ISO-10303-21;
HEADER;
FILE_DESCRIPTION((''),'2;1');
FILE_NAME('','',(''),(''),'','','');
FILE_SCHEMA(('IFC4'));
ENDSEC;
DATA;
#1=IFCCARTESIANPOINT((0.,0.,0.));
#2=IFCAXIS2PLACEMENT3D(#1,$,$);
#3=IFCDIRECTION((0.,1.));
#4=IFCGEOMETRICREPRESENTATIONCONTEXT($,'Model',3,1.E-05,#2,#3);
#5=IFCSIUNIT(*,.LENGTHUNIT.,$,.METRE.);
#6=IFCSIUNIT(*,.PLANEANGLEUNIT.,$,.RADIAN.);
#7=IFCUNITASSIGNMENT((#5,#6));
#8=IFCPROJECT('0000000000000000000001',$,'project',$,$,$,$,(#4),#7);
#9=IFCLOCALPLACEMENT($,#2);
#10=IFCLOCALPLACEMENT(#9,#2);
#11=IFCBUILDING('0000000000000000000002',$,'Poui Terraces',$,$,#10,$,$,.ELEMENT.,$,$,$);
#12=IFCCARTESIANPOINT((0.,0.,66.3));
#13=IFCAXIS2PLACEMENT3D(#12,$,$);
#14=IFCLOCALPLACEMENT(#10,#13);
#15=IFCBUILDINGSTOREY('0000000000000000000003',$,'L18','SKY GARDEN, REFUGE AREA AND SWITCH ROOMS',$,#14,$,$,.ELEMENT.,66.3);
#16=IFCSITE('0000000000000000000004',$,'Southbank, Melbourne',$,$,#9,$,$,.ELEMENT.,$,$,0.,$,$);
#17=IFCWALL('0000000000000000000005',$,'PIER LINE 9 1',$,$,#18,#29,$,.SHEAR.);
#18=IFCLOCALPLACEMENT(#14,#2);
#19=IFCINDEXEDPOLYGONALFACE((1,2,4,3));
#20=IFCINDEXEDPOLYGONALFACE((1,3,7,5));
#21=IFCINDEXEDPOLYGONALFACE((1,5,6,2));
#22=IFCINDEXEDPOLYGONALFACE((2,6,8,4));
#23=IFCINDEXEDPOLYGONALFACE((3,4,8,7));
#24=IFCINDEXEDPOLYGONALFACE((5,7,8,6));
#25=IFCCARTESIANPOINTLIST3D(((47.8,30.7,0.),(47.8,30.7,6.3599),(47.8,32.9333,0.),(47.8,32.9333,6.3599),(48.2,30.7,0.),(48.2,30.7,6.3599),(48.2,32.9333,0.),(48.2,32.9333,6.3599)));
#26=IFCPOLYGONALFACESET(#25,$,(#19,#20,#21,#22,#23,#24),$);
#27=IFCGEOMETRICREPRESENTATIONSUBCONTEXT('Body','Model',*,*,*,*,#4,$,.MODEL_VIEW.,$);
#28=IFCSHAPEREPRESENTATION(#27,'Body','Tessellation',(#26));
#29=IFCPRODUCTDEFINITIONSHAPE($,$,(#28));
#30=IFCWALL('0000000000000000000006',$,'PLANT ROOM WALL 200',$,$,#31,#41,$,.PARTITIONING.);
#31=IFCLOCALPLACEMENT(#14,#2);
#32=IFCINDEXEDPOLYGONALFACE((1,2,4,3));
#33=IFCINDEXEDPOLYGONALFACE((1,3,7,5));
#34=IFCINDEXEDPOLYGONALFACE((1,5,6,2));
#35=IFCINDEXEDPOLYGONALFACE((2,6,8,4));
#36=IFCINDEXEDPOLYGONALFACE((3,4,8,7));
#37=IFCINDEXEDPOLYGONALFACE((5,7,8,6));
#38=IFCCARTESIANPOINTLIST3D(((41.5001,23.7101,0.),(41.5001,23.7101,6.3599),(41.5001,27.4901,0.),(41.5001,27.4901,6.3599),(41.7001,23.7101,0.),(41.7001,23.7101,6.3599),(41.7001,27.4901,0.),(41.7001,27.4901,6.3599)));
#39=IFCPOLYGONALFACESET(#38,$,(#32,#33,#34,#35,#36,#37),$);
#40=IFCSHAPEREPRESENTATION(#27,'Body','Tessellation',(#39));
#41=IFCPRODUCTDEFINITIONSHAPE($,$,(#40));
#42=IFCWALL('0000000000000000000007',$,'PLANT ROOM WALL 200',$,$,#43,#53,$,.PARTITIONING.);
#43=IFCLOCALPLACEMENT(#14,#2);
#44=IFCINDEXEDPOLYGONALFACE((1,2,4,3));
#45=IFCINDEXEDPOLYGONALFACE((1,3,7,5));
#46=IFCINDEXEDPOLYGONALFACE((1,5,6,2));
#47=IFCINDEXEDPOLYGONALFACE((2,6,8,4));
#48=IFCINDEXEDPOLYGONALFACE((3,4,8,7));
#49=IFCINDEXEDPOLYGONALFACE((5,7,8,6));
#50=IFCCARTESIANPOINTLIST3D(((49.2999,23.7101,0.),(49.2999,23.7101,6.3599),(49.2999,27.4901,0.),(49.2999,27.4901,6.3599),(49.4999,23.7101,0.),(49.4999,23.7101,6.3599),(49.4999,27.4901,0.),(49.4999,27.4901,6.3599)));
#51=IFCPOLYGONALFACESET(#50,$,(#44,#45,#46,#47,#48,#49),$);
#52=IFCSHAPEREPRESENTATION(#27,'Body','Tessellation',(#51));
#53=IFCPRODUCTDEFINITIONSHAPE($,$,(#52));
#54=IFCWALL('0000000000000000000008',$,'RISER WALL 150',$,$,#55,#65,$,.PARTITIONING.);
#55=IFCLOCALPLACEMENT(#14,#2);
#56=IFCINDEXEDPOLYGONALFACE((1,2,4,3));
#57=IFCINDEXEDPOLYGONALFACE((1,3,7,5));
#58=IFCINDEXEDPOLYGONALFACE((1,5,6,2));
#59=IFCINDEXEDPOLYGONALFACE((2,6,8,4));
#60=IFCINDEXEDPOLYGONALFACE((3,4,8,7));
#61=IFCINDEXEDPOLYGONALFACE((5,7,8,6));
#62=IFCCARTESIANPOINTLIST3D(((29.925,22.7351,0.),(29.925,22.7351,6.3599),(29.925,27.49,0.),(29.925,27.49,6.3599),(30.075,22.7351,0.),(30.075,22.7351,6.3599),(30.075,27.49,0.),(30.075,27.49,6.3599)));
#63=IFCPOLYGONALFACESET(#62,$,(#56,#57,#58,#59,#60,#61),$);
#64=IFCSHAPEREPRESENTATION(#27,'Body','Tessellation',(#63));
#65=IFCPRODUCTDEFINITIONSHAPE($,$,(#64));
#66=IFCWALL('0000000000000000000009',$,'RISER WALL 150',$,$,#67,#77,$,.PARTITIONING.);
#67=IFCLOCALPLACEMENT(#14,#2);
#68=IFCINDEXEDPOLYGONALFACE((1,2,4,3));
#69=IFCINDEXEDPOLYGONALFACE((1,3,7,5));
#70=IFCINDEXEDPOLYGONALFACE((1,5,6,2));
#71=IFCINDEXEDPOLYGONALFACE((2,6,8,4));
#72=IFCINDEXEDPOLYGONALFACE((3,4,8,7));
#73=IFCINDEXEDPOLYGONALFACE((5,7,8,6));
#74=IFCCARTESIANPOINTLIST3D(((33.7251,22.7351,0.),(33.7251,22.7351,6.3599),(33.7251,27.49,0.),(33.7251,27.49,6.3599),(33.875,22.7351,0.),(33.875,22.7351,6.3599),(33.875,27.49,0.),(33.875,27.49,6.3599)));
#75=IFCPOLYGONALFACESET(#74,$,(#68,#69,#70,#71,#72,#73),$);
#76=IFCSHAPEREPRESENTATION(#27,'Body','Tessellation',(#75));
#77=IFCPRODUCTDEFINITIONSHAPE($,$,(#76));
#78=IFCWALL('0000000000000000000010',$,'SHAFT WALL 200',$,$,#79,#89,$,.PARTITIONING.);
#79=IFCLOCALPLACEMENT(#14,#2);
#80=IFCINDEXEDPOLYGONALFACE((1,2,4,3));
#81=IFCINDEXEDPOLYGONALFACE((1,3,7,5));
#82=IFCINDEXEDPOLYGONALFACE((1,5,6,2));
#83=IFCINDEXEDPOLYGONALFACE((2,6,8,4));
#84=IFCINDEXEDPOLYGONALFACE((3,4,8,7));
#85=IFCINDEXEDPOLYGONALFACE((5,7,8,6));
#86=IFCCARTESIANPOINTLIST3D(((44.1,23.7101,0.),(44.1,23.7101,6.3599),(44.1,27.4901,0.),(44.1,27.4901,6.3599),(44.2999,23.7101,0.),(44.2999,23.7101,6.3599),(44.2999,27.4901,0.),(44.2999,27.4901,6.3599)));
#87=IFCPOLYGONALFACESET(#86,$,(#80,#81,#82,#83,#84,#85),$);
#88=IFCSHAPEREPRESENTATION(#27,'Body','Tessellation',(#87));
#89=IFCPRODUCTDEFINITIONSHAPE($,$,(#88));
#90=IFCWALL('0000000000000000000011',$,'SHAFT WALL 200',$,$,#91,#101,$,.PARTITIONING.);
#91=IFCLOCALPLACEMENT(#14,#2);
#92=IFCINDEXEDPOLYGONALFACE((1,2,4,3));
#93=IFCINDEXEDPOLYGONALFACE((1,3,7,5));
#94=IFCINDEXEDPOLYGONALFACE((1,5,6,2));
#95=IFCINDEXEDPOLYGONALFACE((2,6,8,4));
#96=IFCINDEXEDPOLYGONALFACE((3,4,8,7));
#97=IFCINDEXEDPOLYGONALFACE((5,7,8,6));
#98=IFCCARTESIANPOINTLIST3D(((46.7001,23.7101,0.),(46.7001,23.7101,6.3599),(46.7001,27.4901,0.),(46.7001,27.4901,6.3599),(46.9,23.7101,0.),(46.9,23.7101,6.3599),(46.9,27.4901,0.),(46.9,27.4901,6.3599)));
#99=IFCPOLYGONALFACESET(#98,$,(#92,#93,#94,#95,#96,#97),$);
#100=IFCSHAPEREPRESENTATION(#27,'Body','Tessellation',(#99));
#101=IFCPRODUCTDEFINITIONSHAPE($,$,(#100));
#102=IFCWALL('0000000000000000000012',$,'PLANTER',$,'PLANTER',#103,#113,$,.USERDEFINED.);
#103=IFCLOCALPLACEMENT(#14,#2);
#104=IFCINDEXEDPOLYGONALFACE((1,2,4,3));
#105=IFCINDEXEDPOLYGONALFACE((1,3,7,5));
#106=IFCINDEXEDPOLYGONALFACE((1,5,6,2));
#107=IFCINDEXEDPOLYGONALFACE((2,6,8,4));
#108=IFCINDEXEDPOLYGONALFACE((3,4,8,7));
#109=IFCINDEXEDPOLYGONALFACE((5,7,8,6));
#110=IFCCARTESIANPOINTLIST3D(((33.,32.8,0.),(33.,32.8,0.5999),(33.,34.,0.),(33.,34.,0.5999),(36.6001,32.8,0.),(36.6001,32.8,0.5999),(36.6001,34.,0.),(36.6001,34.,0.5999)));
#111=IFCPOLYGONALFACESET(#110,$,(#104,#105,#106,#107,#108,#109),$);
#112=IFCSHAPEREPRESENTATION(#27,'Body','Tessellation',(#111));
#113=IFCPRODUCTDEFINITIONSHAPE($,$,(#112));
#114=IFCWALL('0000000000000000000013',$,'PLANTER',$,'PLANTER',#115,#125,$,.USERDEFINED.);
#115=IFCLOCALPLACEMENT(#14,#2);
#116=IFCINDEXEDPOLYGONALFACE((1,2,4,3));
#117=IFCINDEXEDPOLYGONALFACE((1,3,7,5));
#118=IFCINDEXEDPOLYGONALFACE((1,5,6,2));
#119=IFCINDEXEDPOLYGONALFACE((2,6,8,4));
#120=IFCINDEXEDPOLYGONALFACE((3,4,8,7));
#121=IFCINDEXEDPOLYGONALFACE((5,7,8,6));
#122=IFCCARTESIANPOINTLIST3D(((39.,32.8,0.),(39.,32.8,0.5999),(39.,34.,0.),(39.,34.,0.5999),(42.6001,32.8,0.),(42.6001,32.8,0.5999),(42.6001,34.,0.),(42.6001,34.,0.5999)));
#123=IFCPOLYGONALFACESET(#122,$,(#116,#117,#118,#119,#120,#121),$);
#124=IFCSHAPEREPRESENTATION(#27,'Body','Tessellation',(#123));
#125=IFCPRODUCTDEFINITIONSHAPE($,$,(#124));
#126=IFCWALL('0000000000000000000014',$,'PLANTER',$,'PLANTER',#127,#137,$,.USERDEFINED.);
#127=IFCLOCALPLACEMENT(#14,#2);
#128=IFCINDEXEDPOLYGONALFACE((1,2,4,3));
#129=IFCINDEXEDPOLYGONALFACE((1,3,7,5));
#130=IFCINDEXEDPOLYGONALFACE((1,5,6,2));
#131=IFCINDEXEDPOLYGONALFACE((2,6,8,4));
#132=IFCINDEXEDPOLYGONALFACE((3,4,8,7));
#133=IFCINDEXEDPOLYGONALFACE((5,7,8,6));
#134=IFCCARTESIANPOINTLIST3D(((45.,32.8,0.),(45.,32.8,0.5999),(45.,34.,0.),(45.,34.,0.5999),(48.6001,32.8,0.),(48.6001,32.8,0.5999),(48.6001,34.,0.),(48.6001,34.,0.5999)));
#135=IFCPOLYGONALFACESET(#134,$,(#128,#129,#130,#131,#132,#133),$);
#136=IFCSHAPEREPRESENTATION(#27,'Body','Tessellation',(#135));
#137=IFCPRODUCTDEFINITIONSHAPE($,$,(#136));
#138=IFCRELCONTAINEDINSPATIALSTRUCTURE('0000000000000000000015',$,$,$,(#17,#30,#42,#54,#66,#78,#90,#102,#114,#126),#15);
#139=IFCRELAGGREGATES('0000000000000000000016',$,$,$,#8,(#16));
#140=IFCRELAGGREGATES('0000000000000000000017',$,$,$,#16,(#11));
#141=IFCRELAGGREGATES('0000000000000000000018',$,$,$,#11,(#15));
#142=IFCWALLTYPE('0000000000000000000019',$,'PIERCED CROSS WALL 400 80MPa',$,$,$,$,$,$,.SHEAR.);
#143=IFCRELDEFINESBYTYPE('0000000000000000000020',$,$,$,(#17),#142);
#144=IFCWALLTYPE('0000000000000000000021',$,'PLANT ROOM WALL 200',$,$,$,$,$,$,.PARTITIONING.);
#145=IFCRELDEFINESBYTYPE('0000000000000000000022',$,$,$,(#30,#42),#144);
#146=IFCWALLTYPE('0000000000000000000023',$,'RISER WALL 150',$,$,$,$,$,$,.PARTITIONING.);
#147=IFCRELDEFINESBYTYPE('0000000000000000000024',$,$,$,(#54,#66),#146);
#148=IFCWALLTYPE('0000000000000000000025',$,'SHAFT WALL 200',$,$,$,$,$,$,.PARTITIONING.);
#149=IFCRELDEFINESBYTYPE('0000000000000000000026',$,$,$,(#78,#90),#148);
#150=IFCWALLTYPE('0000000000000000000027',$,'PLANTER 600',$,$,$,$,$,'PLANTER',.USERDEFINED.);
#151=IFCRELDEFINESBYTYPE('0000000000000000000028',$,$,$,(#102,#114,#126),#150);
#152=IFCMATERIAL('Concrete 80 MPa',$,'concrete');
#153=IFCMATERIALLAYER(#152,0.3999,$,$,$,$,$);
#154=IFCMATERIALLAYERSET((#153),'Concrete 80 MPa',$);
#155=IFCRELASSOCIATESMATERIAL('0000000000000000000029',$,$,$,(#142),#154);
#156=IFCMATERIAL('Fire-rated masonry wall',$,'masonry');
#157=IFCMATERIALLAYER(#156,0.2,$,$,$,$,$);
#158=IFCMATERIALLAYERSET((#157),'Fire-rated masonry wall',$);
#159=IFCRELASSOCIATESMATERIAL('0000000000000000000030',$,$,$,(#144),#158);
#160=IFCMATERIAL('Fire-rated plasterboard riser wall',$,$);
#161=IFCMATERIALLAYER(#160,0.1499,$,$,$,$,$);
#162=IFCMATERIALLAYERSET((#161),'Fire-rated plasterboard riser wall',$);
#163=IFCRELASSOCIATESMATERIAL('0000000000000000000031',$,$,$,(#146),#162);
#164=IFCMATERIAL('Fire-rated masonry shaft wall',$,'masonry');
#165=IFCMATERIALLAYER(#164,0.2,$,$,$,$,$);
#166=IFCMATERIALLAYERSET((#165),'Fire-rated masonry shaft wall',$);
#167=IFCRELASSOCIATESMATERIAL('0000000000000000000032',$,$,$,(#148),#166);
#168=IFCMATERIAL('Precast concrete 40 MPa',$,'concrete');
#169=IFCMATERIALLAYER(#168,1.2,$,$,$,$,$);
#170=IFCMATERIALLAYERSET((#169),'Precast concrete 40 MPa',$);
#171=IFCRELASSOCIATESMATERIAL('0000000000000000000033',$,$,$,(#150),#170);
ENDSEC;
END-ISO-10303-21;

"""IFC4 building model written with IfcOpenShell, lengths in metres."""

from ifc_helpers import new_model, si_unit, direction, frame, frame_2d, origin, place, context, subcontext, project, spatial, polyline, rectangle, outline, extrude, source, transform, mapped, material, layer, layer_set, type_object, element, save


model = new_model("IFC4")

# Units and contexts
model_context = context("Model", 3, precision=1e-05, world=origin(), true_north=direction((0.0, 1.0)))
body_context = subcontext(model_context, "Body", "Model", "MODEL_VIEW")
ifc_project = project(units=[si_unit("LENGTHUNIT", "METRE"), si_unit("PLANEANGLEUNIT", "RADIAN")], contexts=[model_context])

# Site, building, storey
site_placement = place(None, origin())
site = spatial("IfcSite", under=ifc_project, at=site_placement, Name="Southbank, Melbourne", CompositionType="ELEMENT", RefElevation=0.0)
building_placement = place(site_placement, origin())
building = spatial("IfcBuilding", under=site, at=building_placement, Name="Poui Terraces", CompositionType="ELEMENT")
storey_placement = place(building_placement, frame((0.0, 0.0, 66.3)))
storey = spatial("IfcBuildingStorey", under=building, at=storey_placement, Name="L18", Description="SKY GARDEN, REFUGE AREA AND SWITCH ROOMS", CompositionType="ELEMENT", Elevation=66.3)

# Shared definitions
ifc_material_1 = material(Name="Concrete 80 MPa", Category="concrete")

# Walls
ifc_layer_1 = layer(ifc_material_1, 0.3999)
ifc_layer_set_1 = layer_set([ifc_layer_1], Name="Concrete 80 MPa")
wall_type_1 = type_object("IfcWallType", Name="PIERCED CROSS WALL 400 80MPa", PredefinedType="SHEAR", material=ifc_layer_set_1)
for number, where, z_axis, x_axis, name in (
    (1, (48.0, 30.7, 0.0), (0.0, 0.0, 1.0), (0.0, 1.0, 0.0), "PIER LINE 9 1"),
):
    element("IfcWall", number, at=place(storey_placement, frame(where, z_axis=z_axis, x_axis=x_axis)), inside=storey, type_object=wall_type_1, Name=name, PredefinedType="SHEAR", context=body_context, shape_type="SweptSolid", body=[
        extrude(rectangle(XDim=2.2334, YDim=0.3999, at=frame_2d((1.1167, 0.0))), origin(), (0.0, 0.0, 1.0), 6.3599),
    ])
ifc_material_2 = material(Name="Fire-rated masonry wall", Category="masonry")
ifc_layer_2 = layer(ifc_material_2, 0.2)
ifc_layer_set_2 = layer_set([ifc_layer_2], Name="Fire-rated masonry wall")
wall_type_2 = type_object("IfcWallType", Name="PLANT ROOM WALL 200", PredefinedType="PARTITIONING", material=ifc_layer_set_2)
for number, where, z_axis, x_axis, name in (
    (2, (41.6001, 23.71, 0.0), (0.0, 0.0, 1.0), (0.0, 1.0, 0.0), "PLANT ROOM WALL 200"),
    (3, (49.3999, 23.71, 0.0), (0.0, 0.0, 1.0), (0.0, 1.0, 0.0), "PLANT ROOM WALL 200"),
):
    element("IfcWall", number, at=place(storey_placement, frame(where, z_axis=z_axis, x_axis=x_axis)), inside=storey, type_object=wall_type_2, Name=name, PredefinedType="PARTITIONING", context=body_context, shape_type="SweptSolid", body=[
        extrude(rectangle(XDim=3.78, YDim=0.2, at=frame_2d((1.8901, 0.0))), origin(), (0.0, 0.0, 1.0), 6.3599),
    ])
ifc_material_3 = material(Name="Fire-rated plasterboard riser wall")
ifc_layer_3 = layer(ifc_material_3, 0.1499)
ifc_layer_set_3 = layer_set([ifc_layer_3], Name="Fire-rated plasterboard riser wall")
wall_type_3 = type_object("IfcWallType", Name="RISER WALL 150", PredefinedType="PARTITIONING", material=ifc_layer_set_3)
for number, where, z_axis, x_axis, name in (
    (4, (30.0, 22.7351, 0.0), (0.0, 0.0, 1.0), (0.0, 1.0, 0.0), "RISER WALL 150"),
    (5, (33.8, 22.7351, 0.0), (0.0, 0.0, 1.0), (0.0, 1.0, 0.0), "RISER WALL 150"),
):
    element("IfcWall", number, at=place(storey_placement, frame(where, z_axis=z_axis, x_axis=x_axis)), inside=storey, type_object=wall_type_3, Name=name, PredefinedType="PARTITIONING", context=body_context, shape_type="SweptSolid", body=[
        extrude(rectangle(XDim=4.7549, YDim=0.1499, at=frame_2d((2.3774, 0.0))), origin(), (0.0, 0.0, 1.0), 6.3599),
    ])
ifc_material_4 = material(Name="Fire-rated masonry shaft wall", Category="masonry")
ifc_layer_4 = layer(ifc_material_4, 0.2)
ifc_layer_set_4 = layer_set([ifc_layer_4], Name="Fire-rated masonry shaft wall")
wall_type_4 = type_object("IfcWallType", Name="SHAFT WALL 200", PredefinedType="PARTITIONING", material=ifc_layer_set_4)
for number, where, z_axis, x_axis, name in (
    (6, (44.2, 23.71, 0.0), (0.0, 0.0, 1.0), (0.0, 1.0, 0.0), "SHAFT WALL 200"),
    (7, (46.8, 23.71, 0.0), (0.0, 0.0, 1.0), (0.0, 1.0, 0.0), "SHAFT WALL 200"),
):
    element("IfcWall", number, at=place(storey_placement, frame(where, z_axis=z_axis, x_axis=x_axis)), inside=storey, type_object=wall_type_4, Name=name, PredefinedType="PARTITIONING", context=body_context, shape_type="SweptSolid", body=[
        extrude(rectangle(XDim=3.78, YDim=0.2, at=frame_2d((1.8901, 0.0))), origin(), (0.0, 0.0, 1.0), 6.3599),
    ])
ifc_material_5 = material(Name="Precast concrete 40 MPa", Category="concrete")
ifc_layer_5 = layer(ifc_material_5, 1.2)
ifc_layer_set_5 = layer_set([ifc_layer_5], Name="Precast concrete 40 MPa")
wall_type_5 = type_object("IfcWallType", Name="PLANTER 600", ElementType="PLANTER", PredefinedType="USERDEFINED", material=ifc_layer_set_5)
shared_shape = source(origin(), body_context, "Body", "SweptSolid", [
    extrude(outline(polyline([(0.0, 0.0), (3.6001, 0.0), (3.6001, 1.2), (0.0, 1.2), (0.0, 0.0)])), origin(), (0.0, 0.0, 1.0), 0.5999),
])
for number, where, name in (
    (8, (33.0, 32.8, 0.0), "PLANTER"),
    (9, (39.0, 32.8, 0.0), "PLANTER"),
    (10, (45.0, 32.8, 0.0), "PLANTER"),
):
    element("IfcWall", number, at=place(storey_placement, frame(where)), inside=storey, type_object=wall_type_5, Name=name, ObjectType="PLANTER", PredefinedType="USERDEFINED", context=body_context, shape_type="MappedRepresentation", body=[
        mapped(shared_shape, transform((0.0, 0.0, 0.0))),
    ])

save(model, "model.ifc")
